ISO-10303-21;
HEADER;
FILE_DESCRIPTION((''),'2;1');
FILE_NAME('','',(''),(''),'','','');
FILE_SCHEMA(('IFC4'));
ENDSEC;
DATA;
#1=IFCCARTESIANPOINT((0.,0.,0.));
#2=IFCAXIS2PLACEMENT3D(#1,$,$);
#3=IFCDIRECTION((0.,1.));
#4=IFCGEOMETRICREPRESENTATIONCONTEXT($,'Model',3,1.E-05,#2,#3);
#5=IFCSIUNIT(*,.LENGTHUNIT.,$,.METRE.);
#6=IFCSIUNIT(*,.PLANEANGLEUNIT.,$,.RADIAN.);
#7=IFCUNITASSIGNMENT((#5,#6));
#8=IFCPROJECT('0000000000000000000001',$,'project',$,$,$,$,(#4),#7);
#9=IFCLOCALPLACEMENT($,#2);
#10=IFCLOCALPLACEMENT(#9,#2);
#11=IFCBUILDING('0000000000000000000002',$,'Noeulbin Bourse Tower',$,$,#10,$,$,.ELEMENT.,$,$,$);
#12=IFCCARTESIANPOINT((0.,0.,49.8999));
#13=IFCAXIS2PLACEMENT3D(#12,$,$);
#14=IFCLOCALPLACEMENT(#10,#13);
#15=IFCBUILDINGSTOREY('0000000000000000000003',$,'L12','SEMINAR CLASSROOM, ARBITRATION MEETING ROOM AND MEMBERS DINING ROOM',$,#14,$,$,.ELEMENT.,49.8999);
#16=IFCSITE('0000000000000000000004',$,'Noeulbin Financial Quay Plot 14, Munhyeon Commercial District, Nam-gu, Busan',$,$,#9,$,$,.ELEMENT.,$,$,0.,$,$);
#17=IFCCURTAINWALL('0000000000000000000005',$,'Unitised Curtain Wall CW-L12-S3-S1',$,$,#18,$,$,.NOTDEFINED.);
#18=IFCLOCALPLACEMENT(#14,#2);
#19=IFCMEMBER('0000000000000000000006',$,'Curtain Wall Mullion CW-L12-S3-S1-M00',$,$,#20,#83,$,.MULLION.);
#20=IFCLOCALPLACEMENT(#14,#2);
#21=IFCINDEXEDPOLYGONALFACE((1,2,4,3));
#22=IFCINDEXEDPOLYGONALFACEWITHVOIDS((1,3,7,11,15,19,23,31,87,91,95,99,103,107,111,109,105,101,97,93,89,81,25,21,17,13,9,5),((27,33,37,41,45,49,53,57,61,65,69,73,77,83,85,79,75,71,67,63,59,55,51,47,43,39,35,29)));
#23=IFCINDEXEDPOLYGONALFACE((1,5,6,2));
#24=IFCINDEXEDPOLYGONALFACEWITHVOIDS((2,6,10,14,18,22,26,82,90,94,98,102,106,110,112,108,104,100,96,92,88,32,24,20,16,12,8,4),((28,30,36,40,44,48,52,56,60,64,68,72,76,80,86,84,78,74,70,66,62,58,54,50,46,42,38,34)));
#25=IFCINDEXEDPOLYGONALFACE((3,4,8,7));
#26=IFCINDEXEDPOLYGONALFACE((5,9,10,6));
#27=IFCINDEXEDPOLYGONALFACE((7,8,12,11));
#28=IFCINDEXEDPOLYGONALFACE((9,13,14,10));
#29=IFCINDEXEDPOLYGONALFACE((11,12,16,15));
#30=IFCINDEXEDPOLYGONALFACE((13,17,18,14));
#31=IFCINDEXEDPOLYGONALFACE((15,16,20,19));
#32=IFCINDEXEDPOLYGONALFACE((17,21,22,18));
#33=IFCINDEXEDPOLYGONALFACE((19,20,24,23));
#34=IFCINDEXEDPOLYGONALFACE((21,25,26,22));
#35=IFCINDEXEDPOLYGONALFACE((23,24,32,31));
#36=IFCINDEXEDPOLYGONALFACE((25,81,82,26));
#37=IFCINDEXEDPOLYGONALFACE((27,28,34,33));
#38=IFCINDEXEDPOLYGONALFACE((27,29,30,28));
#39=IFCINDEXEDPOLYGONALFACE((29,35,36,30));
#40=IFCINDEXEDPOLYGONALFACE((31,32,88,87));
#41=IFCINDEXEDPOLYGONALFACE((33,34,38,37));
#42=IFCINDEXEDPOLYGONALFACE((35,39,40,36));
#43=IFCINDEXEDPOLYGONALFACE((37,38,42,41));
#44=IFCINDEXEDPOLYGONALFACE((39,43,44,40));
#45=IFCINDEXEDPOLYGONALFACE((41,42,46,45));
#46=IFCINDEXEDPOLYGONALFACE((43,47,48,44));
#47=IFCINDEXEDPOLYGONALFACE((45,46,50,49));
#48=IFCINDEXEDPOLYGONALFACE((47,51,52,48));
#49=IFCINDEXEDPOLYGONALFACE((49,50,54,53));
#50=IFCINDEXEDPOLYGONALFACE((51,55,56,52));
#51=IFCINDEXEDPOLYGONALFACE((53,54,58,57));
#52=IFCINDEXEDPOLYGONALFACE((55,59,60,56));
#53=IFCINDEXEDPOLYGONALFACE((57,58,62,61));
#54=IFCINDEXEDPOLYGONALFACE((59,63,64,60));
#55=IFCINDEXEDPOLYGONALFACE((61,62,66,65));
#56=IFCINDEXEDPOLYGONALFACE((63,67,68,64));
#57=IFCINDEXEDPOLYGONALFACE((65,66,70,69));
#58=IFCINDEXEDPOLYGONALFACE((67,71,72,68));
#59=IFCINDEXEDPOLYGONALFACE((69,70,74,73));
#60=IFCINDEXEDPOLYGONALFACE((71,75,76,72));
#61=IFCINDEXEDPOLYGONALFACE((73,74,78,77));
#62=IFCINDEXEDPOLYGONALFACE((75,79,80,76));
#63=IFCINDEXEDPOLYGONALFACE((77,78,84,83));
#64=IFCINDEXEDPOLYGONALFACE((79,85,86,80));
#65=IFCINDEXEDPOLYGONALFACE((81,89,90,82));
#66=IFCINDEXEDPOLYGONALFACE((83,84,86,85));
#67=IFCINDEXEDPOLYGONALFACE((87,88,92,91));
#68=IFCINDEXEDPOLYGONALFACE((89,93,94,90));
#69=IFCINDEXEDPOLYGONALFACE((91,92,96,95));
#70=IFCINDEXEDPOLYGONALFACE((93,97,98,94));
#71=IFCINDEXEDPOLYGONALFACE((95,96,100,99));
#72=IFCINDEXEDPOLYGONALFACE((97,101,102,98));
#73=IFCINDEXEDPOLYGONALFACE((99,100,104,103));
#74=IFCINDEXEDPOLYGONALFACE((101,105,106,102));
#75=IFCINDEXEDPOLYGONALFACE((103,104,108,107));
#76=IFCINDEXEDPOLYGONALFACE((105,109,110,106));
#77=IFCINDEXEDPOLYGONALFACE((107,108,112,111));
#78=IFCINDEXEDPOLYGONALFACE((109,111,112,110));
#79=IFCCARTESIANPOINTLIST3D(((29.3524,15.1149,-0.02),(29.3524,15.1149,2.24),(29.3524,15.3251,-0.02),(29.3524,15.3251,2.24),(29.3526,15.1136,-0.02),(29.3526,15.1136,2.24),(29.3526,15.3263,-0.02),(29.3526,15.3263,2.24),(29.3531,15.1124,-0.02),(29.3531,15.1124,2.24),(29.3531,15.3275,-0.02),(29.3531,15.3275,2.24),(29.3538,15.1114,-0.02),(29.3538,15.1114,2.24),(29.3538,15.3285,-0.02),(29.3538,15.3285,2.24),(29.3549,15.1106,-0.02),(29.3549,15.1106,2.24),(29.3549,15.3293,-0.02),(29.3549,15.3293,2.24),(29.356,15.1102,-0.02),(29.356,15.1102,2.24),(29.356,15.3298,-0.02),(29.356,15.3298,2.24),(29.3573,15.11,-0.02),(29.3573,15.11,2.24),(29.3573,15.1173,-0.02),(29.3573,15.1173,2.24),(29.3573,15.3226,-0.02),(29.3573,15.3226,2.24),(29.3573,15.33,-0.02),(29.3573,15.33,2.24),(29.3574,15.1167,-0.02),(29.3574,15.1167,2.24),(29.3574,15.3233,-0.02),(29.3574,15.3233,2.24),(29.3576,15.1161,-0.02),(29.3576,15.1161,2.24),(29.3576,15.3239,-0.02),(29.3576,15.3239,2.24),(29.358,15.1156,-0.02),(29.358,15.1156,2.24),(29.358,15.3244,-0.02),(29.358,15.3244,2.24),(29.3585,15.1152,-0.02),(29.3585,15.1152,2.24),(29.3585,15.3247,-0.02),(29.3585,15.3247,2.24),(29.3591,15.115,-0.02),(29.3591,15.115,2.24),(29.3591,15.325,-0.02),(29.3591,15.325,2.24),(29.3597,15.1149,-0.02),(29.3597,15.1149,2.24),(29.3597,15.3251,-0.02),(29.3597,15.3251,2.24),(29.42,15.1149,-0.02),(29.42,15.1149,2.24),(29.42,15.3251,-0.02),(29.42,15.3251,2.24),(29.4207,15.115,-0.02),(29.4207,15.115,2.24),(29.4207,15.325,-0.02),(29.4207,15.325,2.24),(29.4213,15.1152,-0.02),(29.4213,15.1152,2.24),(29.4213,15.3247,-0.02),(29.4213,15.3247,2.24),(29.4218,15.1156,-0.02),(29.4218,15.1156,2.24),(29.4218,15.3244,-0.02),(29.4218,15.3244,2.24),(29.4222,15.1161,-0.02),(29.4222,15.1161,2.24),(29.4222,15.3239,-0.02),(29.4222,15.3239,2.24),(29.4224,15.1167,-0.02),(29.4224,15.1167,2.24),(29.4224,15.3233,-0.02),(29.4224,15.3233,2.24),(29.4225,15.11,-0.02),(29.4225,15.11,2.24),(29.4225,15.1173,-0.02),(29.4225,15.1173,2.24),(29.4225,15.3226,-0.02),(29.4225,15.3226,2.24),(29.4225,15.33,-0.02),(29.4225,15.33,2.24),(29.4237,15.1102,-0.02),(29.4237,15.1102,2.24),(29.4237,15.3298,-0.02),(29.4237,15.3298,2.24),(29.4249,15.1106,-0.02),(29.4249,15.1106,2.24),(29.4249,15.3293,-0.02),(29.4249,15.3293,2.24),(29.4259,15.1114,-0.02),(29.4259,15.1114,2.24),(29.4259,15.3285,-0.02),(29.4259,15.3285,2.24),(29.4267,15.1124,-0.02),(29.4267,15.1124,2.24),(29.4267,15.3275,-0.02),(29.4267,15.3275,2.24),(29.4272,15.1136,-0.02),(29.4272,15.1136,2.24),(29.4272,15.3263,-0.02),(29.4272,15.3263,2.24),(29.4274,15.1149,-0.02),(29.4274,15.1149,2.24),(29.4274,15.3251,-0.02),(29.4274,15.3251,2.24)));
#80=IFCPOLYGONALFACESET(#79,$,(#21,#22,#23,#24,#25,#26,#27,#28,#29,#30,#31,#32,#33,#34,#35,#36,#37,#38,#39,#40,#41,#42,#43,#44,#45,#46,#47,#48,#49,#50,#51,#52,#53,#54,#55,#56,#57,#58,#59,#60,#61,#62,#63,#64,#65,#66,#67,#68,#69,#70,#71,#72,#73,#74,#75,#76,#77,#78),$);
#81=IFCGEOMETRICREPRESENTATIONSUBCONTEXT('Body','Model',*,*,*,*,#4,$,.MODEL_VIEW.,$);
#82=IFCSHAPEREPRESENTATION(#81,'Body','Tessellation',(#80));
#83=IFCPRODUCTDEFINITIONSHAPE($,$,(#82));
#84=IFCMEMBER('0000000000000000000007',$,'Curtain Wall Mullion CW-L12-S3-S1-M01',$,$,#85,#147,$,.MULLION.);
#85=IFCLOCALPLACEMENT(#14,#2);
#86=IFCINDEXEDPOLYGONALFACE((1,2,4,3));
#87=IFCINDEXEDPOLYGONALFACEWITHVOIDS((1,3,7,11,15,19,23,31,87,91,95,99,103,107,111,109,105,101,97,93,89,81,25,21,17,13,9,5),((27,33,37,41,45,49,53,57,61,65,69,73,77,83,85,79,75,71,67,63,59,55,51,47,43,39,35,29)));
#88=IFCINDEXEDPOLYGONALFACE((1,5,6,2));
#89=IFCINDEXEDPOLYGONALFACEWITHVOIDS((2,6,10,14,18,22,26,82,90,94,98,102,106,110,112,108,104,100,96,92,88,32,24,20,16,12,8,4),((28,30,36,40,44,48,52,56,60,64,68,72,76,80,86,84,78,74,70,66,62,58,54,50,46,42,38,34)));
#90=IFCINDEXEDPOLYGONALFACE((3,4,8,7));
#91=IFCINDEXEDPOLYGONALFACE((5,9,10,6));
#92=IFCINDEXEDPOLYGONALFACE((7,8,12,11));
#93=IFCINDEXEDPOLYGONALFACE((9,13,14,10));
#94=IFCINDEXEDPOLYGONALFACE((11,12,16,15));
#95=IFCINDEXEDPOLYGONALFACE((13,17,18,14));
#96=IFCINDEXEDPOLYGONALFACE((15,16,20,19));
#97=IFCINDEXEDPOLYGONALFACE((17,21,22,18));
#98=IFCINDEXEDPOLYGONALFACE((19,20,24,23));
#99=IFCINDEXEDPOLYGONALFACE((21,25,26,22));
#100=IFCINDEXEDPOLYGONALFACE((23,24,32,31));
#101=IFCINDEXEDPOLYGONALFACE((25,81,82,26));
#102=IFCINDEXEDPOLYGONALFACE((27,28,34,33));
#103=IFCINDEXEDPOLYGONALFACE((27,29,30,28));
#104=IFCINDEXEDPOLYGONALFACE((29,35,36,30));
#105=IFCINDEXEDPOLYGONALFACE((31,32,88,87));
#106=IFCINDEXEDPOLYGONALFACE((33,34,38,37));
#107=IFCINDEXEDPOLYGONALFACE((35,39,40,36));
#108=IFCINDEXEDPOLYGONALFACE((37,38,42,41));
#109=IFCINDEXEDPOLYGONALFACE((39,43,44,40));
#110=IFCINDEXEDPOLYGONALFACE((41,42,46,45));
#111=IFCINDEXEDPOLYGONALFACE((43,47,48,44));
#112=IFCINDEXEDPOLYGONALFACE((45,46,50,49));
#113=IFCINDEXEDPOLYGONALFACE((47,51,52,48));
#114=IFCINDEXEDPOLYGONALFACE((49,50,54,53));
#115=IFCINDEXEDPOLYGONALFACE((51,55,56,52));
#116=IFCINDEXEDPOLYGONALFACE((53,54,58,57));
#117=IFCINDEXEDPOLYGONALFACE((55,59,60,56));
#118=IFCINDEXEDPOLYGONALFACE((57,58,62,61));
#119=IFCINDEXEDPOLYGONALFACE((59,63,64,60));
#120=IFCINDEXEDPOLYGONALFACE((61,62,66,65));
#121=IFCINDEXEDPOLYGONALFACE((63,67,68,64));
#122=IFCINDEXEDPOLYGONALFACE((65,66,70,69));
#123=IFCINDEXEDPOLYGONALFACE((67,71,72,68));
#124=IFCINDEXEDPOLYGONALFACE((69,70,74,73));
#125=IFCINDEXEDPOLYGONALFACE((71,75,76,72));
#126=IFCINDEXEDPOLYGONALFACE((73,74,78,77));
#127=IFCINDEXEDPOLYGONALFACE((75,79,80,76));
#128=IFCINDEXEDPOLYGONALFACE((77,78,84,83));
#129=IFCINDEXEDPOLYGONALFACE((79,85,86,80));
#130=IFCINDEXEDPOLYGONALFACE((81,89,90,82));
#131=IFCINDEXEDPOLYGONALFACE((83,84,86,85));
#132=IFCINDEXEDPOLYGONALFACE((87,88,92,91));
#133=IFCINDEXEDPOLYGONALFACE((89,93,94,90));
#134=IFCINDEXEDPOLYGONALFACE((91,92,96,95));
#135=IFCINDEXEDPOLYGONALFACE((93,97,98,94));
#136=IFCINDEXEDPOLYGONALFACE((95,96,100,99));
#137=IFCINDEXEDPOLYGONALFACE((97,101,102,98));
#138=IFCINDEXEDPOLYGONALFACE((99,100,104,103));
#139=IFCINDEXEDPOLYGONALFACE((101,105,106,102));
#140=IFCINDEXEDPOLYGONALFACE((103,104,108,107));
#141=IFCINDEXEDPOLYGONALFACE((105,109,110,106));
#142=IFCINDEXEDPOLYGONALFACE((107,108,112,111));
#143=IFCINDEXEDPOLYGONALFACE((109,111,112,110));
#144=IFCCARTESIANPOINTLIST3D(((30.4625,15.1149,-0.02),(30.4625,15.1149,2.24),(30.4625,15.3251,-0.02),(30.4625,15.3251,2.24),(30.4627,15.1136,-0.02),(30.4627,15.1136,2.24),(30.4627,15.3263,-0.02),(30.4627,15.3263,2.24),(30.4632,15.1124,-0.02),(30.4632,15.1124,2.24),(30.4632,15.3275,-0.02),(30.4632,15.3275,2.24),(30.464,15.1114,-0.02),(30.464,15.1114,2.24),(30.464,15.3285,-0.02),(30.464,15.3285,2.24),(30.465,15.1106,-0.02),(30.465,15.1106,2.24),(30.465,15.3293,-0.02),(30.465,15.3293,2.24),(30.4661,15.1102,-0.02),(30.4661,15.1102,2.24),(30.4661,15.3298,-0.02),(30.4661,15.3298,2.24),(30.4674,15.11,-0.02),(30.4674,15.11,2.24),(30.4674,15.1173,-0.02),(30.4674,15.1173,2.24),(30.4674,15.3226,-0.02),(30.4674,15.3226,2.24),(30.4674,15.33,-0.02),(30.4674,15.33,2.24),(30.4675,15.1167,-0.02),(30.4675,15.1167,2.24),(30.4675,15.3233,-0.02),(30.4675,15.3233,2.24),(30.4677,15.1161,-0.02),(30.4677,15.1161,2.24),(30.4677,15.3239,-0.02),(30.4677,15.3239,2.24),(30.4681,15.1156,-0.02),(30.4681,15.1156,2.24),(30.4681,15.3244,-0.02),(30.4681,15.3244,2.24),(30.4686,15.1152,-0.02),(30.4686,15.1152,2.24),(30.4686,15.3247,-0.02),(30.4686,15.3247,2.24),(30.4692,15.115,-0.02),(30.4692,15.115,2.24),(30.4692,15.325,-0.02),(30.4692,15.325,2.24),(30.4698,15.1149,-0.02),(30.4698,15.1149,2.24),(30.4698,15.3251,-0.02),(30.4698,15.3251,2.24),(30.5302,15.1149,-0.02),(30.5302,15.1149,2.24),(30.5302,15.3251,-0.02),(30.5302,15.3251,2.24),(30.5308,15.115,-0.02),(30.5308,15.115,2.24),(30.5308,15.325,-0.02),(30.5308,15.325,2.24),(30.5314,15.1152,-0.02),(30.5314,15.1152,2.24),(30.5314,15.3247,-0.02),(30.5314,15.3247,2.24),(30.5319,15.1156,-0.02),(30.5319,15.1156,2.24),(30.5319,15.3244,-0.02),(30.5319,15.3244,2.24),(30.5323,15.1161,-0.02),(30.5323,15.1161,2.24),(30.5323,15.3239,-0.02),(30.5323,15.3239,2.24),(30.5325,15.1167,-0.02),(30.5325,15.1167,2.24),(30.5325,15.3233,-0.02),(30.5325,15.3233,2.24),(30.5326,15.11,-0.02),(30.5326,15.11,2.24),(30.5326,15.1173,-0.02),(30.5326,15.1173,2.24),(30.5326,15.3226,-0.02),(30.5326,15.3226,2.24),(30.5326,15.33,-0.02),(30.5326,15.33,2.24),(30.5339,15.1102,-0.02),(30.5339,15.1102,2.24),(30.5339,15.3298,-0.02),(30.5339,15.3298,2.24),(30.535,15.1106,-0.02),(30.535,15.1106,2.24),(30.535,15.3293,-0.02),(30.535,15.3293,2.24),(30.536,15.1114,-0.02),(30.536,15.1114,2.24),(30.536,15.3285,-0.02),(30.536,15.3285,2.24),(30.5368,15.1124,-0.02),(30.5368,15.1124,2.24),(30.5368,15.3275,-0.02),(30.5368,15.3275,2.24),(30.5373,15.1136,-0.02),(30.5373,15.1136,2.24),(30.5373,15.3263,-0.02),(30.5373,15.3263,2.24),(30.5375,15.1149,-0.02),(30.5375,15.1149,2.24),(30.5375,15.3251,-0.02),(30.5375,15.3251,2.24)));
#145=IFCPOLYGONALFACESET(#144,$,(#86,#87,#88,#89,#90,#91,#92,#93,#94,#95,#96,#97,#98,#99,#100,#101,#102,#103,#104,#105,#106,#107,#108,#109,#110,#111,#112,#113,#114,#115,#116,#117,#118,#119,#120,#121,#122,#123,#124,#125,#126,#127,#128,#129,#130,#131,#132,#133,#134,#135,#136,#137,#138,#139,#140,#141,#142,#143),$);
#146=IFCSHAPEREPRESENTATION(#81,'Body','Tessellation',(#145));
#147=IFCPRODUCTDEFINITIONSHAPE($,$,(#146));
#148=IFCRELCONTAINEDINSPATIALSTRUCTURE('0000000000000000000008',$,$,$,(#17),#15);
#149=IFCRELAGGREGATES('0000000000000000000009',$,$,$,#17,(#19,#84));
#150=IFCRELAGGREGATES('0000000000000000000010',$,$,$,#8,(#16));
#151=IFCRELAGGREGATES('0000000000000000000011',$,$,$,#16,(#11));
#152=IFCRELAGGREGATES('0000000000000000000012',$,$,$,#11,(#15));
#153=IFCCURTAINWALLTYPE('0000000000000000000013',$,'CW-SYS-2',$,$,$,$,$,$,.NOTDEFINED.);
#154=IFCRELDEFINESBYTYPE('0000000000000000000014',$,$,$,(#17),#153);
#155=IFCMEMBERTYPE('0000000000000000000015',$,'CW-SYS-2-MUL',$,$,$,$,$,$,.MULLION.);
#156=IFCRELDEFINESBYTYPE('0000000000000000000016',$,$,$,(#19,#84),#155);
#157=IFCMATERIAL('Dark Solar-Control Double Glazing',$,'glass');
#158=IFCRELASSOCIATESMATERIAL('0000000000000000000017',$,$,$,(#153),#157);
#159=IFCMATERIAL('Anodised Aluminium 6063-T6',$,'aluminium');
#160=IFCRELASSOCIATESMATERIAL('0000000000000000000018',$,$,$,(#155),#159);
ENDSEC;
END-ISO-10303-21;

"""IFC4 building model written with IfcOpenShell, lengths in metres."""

from ifc_helpers import new_model, si_unit, direction, frame, origin, origin_2d, place, context, subcontext, project, spatial, hollow_rectangle, extrude, material, material_profile, profile_set, type_object, element, aggregate, save


model = new_model("IFC4")

# Units and contexts
model_context = context("Model", 3, precision=1e-05, world=origin(), true_north=direction((0.0, 1.0)))
body_context = subcontext(model_context, "Body", "Model", "MODEL_VIEW")
ifc_project = project(units=[si_unit("LENGTHUNIT", "METRE"), si_unit("PLANEANGLEUNIT", "RADIAN")], contexts=[model_context])

# Site, building, storey
site_placement = place(None, origin())
site = spatial("IfcSite", under=ifc_project, at=site_placement, Name="Noeulbin Financial Quay Plot 14, Munhyeon Commercial District, Nam-gu, Busan", CompositionType="ELEMENT", RefElevation=0.0)
building_placement = place(site_placement, origin())
building = spatial("IfcBuilding", under=site, at=building_placement, Name="Noeulbin Bourse Tower", CompositionType="ELEMENT")
storey_placement = place(building_placement, frame((0.0, 0.0, 49.8999)))
storey = spatial("IfcBuildingStorey", under=building, at=storey_placement, Name="L12", Description="SEMINAR CLASSROOM, ARBITRATION MEETING ROOM AND MEMBERS DINING ROOM", CompositionType="ELEMENT", Elevation=49.8999)

# Curtain wall, members
ifc_material_1 = material(Name="Dark Solar-Control Double Glazing", Category="glass")
curtain_wall_type = type_object("IfcCurtainWallType", Name="CW-SYS-2", PredefinedType="NOTDEFINED", material=ifc_material_1)
curtain_wall_1_placement = place(storey_placement, origin())
curtain_wall_1 = element("IfcCurtainWall", 1, at=curtain_wall_1_placement, inside=storey, type_object=curtain_wall_type, Name="Unitised Curtain Wall CW-L12-S3-S1", PredefinedType="NOTDEFINED")
ifc_material_2 = material(Name="Anodised Aluminium 6063-T6", Category="aluminium")
ifc_material_profile_1 = material_profile(ifc_material_2, hollow_rectangle(XDim=0.075, YDim=0.22, WallThickness=0.0049, InnerFilletRadius=0.0024, OuterFilletRadius=0.0049, at=origin_2d()), Name="ALU-MULL-75x220x5", Category="LoadBearing")
ifc_profile_set_1 = profile_set([ifc_material_profile_1], Name="Anodised Aluminium 6063-T6")
member_type_1 = type_object("IfcMemberType", Name="CW-SYS-2-MUL", PredefinedType="MULLION", material=ifc_profile_set_1)
member_1_placement = place(storey_placement, frame((29.3899, 15.22, -0.02), z_axis=(0.0, 0.0, 1.0), x_axis=(1.0, 0.0, 0.0)))
member_1 = element("IfcMember", 2, at=member_1_placement, type_object=member_type_1, Name="Curtain Wall Mullion CW-L12-S3-S1-M00", PredefinedType="MULLION", context=body_context, shape_type="SweptSolid", body=[
    extrude(hollow_rectangle(XDim=0.075, YDim=0.22, WallThickness=0.0049, InnerFilletRadius=0.0024, OuterFilletRadius=0.0049, at=origin_2d()), origin(), (0.0, 0.0, 1.0), 2.26),
])
member_2_placement = place(storey_placement, frame((30.5, 15.22, -0.02), z_axis=(0.0, 0.0, 1.0), x_axis=(1.0, 0.0, 0.0)))
member_2 = element("IfcMember", 3, at=member_2_placement, type_object=member_type_1, Name="Curtain Wall Mullion CW-L12-S3-S1-M01", PredefinedType="MULLION", context=body_context, shape_type="SweptSolid", body=[
    extrude(hollow_rectangle(XDim=0.075, YDim=0.22, WallThickness=0.0049, InnerFilletRadius=0.0024, OuterFilletRadius=0.0049, at=origin_2d()), origin(), (0.0, 0.0, 1.0), 2.26),
])

aggregate(curtain_wall_1, [member_1, member_2])

save(model, "model.ifc")
